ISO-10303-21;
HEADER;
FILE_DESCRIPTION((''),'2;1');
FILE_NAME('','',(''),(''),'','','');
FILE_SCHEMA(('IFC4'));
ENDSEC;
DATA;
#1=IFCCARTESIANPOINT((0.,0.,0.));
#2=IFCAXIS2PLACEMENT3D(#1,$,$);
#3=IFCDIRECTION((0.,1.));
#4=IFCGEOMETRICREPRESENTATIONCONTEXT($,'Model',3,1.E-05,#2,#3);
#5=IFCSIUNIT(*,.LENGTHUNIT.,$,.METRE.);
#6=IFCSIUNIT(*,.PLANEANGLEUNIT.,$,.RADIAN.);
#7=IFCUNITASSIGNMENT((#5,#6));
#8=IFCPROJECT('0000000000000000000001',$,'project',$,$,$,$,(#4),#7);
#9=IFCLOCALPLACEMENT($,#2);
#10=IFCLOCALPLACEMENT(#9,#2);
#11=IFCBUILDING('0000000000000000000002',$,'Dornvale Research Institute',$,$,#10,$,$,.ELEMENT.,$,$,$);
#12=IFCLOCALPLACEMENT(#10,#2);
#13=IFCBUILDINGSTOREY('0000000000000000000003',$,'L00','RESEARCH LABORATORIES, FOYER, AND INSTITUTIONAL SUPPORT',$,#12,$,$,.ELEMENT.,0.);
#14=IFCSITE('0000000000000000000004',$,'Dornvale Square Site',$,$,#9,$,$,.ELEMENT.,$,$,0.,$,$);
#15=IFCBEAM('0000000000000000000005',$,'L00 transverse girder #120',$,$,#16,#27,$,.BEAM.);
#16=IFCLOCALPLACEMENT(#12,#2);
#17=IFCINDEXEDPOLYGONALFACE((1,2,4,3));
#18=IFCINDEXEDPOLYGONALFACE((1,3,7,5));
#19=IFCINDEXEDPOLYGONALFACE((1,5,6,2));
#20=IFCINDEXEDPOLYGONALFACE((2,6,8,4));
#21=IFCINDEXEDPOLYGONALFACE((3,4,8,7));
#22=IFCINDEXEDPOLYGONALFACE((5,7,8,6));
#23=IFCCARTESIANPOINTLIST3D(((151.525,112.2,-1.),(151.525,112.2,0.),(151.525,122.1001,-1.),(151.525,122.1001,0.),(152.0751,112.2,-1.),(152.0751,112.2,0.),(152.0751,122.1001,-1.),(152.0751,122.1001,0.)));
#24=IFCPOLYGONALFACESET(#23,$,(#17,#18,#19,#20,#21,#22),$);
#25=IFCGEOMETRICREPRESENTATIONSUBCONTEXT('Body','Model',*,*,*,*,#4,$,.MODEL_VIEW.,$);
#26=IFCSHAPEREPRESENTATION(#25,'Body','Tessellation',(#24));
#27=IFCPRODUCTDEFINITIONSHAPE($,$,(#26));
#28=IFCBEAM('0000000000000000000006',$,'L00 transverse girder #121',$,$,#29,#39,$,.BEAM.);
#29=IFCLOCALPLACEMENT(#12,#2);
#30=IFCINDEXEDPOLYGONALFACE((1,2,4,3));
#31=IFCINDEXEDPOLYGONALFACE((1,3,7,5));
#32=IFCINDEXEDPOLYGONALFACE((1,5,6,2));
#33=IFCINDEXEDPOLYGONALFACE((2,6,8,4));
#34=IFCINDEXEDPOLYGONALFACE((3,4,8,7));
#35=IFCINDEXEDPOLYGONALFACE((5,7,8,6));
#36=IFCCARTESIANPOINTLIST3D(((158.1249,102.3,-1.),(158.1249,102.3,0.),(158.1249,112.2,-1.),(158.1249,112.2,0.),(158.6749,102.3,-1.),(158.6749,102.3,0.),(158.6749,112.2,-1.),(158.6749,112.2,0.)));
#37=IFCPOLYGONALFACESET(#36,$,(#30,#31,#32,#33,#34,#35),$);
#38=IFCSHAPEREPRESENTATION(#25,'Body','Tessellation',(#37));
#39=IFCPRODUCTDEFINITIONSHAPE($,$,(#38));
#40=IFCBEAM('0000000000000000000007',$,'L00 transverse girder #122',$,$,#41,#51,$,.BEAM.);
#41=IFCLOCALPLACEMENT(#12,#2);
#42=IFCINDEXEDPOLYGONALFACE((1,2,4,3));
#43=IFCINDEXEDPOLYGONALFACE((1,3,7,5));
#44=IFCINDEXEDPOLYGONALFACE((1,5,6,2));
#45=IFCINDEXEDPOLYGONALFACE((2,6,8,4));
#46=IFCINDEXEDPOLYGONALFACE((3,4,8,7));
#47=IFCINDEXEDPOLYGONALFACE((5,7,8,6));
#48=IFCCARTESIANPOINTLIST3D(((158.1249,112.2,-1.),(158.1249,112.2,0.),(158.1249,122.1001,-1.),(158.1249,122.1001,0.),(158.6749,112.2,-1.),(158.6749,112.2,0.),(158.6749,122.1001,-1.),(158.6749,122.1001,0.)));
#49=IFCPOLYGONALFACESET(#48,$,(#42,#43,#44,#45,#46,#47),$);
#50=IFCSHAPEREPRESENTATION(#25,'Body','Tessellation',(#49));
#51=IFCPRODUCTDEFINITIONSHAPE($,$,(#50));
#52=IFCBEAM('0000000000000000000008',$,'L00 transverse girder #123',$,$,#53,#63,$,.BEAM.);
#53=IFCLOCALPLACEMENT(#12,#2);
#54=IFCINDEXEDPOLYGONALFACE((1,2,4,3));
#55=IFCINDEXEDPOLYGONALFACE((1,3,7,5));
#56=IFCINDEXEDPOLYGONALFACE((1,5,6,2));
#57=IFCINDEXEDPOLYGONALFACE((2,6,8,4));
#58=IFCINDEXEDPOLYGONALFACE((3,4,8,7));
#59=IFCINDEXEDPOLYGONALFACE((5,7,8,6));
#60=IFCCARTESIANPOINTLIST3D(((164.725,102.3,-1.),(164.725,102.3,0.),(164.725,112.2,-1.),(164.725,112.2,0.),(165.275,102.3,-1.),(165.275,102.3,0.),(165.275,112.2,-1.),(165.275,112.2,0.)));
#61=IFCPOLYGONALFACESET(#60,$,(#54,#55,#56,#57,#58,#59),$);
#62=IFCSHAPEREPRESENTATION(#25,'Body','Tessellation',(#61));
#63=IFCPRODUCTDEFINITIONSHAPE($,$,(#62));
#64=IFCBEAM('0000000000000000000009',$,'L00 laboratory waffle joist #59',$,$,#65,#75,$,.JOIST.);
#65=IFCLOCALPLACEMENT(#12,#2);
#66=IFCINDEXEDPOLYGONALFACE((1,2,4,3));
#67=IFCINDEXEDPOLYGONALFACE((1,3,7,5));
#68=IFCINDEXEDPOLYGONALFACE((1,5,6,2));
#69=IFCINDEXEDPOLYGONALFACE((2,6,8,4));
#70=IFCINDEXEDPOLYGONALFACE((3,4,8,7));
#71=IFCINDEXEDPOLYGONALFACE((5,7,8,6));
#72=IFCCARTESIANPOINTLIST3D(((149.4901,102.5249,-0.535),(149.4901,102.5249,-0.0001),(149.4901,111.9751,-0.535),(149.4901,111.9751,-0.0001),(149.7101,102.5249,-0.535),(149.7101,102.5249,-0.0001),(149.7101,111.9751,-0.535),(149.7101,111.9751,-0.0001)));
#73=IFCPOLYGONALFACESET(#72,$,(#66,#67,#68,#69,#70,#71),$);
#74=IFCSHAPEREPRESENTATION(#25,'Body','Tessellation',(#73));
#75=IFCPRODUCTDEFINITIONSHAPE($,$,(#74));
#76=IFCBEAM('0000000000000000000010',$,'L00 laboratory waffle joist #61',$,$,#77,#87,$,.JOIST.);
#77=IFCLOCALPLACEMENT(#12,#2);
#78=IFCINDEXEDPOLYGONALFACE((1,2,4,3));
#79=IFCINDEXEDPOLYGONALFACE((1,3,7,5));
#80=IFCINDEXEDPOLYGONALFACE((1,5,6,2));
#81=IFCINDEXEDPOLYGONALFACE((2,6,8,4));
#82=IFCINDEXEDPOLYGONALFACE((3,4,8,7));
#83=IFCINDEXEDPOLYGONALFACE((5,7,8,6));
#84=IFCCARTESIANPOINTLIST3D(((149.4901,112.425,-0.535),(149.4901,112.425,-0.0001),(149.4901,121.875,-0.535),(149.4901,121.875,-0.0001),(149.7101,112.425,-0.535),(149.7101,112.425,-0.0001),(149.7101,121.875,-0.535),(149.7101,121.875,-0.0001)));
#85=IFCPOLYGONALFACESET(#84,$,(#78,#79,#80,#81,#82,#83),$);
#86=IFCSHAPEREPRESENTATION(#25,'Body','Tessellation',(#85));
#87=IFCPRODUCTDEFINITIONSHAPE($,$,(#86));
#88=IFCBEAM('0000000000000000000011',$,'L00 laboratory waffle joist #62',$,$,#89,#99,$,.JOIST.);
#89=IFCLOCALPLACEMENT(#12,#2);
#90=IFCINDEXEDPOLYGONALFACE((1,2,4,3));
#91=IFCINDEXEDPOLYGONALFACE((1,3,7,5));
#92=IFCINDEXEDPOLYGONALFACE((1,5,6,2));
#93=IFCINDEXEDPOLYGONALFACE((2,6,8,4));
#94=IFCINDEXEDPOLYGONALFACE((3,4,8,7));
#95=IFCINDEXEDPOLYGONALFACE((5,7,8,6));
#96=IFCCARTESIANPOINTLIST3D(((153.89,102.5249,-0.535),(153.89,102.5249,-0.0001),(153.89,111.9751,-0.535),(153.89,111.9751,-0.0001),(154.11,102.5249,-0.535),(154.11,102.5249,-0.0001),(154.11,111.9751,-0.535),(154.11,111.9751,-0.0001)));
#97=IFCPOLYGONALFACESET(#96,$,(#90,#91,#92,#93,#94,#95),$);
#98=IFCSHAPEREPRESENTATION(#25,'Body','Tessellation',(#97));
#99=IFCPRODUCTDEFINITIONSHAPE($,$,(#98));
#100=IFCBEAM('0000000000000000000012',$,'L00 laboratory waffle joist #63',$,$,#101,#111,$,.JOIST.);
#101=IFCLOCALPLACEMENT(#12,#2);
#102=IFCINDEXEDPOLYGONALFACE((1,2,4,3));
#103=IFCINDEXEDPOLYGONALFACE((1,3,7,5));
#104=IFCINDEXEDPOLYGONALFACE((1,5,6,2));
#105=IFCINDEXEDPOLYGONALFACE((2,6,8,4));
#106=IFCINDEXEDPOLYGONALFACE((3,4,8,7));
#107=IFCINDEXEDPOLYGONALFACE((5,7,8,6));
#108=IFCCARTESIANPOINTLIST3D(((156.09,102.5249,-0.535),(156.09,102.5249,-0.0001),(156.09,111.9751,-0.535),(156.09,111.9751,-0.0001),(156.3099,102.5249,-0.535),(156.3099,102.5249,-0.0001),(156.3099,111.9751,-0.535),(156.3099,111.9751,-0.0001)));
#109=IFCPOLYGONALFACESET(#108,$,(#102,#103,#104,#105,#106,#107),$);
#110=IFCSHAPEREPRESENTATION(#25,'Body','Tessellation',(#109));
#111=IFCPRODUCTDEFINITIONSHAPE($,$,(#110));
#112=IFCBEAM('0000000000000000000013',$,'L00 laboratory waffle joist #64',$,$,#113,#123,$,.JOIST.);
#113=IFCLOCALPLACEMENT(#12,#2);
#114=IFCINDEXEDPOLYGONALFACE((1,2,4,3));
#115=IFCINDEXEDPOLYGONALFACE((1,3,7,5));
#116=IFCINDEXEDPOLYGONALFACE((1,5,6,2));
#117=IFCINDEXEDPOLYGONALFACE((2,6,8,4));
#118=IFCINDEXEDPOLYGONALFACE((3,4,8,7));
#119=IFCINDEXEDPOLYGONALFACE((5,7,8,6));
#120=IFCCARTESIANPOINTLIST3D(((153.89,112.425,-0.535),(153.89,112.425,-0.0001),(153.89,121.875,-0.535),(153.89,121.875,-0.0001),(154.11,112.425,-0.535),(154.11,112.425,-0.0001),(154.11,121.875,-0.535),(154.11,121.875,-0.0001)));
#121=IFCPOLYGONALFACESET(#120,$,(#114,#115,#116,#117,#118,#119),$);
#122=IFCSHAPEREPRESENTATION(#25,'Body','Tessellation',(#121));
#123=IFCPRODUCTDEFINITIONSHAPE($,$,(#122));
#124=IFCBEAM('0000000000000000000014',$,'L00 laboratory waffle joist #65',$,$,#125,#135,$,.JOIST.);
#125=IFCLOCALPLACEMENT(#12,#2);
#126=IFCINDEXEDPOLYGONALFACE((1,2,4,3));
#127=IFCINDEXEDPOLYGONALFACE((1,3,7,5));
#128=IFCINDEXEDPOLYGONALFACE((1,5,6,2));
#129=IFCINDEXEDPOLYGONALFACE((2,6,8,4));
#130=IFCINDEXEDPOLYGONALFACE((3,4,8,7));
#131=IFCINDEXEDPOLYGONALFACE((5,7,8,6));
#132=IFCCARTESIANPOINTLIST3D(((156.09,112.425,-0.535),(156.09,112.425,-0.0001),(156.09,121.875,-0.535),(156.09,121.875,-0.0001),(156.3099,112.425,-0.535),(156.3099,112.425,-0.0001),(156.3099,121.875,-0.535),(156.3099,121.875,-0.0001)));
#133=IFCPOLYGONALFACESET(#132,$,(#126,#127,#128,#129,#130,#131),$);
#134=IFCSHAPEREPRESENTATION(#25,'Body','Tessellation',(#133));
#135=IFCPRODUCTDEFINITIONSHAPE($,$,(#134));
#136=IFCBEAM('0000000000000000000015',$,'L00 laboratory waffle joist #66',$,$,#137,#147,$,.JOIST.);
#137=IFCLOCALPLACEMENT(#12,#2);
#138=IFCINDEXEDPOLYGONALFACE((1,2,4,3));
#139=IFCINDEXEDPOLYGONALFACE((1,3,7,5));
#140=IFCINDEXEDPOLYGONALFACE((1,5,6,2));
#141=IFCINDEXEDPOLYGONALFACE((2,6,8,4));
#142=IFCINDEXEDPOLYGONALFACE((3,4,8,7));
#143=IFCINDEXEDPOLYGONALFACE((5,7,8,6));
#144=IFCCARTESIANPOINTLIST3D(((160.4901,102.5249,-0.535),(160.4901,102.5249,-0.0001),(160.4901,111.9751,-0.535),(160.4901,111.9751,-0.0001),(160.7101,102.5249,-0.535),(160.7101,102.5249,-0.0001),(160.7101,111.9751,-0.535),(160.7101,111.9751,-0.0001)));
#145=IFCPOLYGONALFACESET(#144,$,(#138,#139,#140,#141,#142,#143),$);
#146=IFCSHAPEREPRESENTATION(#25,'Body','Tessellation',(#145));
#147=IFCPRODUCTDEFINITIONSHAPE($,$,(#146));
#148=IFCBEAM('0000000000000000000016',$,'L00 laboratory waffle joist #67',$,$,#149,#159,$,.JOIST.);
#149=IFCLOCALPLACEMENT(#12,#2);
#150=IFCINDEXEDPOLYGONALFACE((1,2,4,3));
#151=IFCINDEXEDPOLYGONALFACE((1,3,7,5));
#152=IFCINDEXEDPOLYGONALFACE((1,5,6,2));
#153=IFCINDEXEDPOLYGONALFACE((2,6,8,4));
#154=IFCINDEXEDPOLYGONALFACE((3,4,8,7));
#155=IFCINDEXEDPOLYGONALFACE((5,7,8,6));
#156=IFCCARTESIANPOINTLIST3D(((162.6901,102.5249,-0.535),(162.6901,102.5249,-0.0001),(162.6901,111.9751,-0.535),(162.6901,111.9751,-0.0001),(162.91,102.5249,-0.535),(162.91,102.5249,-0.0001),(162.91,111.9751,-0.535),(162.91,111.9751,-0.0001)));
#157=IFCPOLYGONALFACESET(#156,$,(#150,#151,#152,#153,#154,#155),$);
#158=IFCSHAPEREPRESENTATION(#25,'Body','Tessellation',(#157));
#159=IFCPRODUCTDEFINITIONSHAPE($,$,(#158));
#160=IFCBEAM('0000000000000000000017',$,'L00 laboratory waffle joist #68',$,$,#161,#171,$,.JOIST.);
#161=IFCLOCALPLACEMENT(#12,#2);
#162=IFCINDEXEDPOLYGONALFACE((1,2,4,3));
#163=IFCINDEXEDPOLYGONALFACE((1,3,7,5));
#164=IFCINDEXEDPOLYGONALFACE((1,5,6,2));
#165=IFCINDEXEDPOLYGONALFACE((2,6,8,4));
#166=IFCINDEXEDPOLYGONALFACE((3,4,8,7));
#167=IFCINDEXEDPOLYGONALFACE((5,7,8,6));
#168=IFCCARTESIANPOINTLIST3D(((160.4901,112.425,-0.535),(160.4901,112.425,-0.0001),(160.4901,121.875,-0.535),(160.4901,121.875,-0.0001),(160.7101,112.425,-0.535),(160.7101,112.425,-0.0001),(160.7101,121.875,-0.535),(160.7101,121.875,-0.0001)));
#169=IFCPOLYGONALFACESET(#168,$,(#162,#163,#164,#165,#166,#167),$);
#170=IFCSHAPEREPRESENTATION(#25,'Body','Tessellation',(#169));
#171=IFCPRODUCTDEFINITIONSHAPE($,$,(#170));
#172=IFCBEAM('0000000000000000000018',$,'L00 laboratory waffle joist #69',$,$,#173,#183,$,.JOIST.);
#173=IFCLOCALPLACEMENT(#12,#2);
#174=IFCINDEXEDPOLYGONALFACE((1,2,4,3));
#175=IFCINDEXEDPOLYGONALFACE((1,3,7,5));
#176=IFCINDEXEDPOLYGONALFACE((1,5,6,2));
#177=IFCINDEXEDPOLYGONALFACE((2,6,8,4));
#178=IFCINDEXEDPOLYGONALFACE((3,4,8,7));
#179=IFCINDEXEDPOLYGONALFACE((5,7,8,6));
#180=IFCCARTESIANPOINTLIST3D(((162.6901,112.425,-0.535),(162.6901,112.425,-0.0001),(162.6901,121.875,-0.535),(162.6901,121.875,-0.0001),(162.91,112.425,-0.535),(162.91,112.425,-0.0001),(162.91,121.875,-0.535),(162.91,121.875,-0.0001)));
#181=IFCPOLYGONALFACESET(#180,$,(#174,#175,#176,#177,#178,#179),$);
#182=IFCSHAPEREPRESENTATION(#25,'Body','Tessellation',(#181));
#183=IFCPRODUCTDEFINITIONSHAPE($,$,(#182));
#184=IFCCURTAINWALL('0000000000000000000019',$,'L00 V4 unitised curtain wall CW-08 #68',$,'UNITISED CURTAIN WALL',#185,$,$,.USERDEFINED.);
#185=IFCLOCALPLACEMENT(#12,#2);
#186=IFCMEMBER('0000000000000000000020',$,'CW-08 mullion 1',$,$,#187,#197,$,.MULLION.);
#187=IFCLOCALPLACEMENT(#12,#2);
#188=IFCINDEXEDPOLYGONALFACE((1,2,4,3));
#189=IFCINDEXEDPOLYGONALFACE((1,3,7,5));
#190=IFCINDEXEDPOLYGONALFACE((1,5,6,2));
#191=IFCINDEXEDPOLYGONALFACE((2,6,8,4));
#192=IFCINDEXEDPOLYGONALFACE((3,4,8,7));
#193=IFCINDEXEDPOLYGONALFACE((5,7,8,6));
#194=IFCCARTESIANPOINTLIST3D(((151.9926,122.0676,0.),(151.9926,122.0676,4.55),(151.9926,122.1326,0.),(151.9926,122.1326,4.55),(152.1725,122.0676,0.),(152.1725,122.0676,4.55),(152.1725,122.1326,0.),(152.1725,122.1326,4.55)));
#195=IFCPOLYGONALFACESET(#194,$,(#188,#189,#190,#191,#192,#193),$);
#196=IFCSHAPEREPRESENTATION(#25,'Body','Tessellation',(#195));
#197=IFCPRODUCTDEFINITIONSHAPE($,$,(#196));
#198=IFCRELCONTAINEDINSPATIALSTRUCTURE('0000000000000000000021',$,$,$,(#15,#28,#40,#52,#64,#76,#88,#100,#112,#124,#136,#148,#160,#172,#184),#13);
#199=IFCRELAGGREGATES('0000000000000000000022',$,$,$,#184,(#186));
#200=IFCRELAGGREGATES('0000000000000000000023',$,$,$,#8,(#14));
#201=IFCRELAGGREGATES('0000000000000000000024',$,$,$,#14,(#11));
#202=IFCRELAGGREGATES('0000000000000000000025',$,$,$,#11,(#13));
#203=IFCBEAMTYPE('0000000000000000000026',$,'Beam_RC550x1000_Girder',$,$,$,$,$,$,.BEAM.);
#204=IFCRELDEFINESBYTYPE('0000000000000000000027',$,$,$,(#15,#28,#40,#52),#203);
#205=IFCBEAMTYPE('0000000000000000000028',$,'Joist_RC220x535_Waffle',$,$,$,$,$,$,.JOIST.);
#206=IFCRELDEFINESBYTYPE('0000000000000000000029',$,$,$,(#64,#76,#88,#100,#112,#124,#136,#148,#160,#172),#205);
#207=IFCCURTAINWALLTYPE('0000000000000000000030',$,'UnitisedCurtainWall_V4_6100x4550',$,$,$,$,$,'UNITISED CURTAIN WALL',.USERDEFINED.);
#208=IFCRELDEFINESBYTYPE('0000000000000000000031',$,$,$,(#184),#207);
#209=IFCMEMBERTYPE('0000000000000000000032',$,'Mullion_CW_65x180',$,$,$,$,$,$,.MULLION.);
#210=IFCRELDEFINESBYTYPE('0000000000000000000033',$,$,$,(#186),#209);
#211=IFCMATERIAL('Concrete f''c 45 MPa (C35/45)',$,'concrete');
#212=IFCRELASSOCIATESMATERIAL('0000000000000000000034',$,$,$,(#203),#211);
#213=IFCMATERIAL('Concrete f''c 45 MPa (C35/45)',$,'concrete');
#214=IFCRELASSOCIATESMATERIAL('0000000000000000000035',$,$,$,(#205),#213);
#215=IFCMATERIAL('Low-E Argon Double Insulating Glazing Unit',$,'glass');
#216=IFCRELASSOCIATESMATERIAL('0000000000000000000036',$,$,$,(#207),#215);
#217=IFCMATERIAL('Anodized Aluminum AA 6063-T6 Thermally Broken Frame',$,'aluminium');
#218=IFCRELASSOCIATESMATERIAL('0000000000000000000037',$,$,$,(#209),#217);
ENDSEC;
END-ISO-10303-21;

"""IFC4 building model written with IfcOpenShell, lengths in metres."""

from ifc_helpers import new_model, si_unit, direction, frame, origin, origin_2d, place, context, subcontext, project, spatial, rectangle, extrude, material, material_profile, profile_set, type_object, element, aggregate, save


model = new_model("IFC4")

# Units and contexts
model_context = context("Model", 3, precision=1e-05, world=origin(), true_north=direction((0.0, 1.0)))
body_context = subcontext(model_context, "Body", "Model", "MODEL_VIEW")
ifc_project = project(units=[si_unit("LENGTHUNIT", "METRE"), si_unit("PLANEANGLEUNIT", "RADIAN")], contexts=[model_context])

# Site, building, storey
site_placement = place(None, origin())
site = spatial("IfcSite", under=ifc_project, at=site_placement, Name="Dornvale Square Site", CompositionType="ELEMENT", RefElevation=0.0)
building_placement = place(site_placement, origin())
building = spatial("IfcBuilding", under=site, at=building_placement, Name="Dornvale Research Institute", CompositionType="ELEMENT")
storey_placement = place(building_placement, origin())
storey = spatial("IfcBuildingStorey", under=building, at=storey_placement, Name="L00", Description="RESEARCH LABORATORIES, FOYER, AND INSTITUTIONAL SUPPORT", CompositionType="ELEMENT", Elevation=0.0)

# Beams
ifc_material_1 = material(Name="Concrete f'c 45 MPa (C35/45)", Category="concrete")
ifc_material_profile_1 = material_profile(ifc_material_1, rectangle(XDim=0.55, YDim=1.0, at=origin_2d()), Name="RC 550x1000")
ifc_profile_set_1 = profile_set([ifc_material_profile_1], Name="Concrete f'c 45 MPa (C35/45)")
beam_type_1 = type_object("IfcBeamType", Name="Beam_RC550x1000_Girder", PredefinedType="BEAM", material=ifc_profile_set_1)
beam_1_placement = place(storey_placement, frame((151.8, 112.2, -0.5), z_axis=(0.0, 1.0, 0.0), x_axis=(-1.0, 0.0, 0.0)))
element("IfcBeam", 1, at=beam_1_placement, inside=storey, type_object=beam_type_1, Name="L00 transverse girder #120", PredefinedType="BEAM", context=body_context, shape_type="SweptSolid", body=[
    extrude(rectangle(XDim=0.55, YDim=1.0, at=origin_2d()), origin(), (0.0, 0.0, 1.0), 9.9001),
])
beam_2_placement = place(storey_placement, frame((158.3999, 102.3, -0.5), z_axis=(0.0, 1.0, 0.0), x_axis=(-1.0, 0.0, 0.0)))
element("IfcBeam", 2, at=beam_2_placement, inside=storey, type_object=beam_type_1, Name="L00 transverse girder #121", PredefinedType="BEAM", context=body_context, shape_type="SweptSolid", body=[
    extrude(rectangle(XDim=0.55, YDim=1.0, at=origin_2d()), origin(), (0.0, 0.0, 1.0), 9.8999),
])
beam_3_placement = place(storey_placement, frame((158.3999, 112.2, -0.5), z_axis=(0.0, 1.0, 0.0), x_axis=(-1.0, 0.0, 0.0)))
element("IfcBeam", 3, at=beam_3_placement, inside=storey, type_object=beam_type_1, Name="L00 transverse girder #122", PredefinedType="BEAM", context=body_context, shape_type="SweptSolid", body=[
    extrude(rectangle(XDim=0.55, YDim=1.0, at=origin_2d()), origin(), (0.0, 0.0, 1.0), 9.9001),
])
beam_4_placement = place(storey_placement, frame((165.0, 102.3, -0.5), z_axis=(0.0, 1.0, 0.0), x_axis=(-1.0, 0.0, 0.0)))
element("IfcBeam", 4, at=beam_4_placement, inside=storey, type_object=beam_type_1, Name="L00 transverse girder #123", PredefinedType="BEAM", context=body_context, shape_type="SweptSolid", body=[
    extrude(rectangle(XDim=0.55, YDim=1.0, at=origin_2d()), origin(), (0.0, 0.0, 1.0), 9.8999),
])
ifc_material_2 = material(Name="Concrete f'c 45 MPa (C35/45)", Category="concrete")
ifc_material_profile_2 = material_profile(ifc_material_2, rectangle(XDim=0.22, YDim=0.5349, at=origin_2d()), Name="RC 220x535")
ifc_profile_set_2 = profile_set([ifc_material_profile_2], Name="Concrete f'c 45 MPa (C35/45)")
beam_type_2 = type_object("IfcBeamType", Name="Joist_RC220x535_Waffle", PredefinedType="JOIST", material=ifc_profile_set_2)
beam_5_placement = place(storey_placement, frame((149.6001, 102.5249, -0.2676), z_axis=(0.0, 1.0, 0.0), x_axis=(-1.0, 0.0, 0.0)))
element("IfcBeam", 5, at=beam_5_placement, inside=storey, type_object=beam_type_2, Name="L00 laboratory waffle joist #59", PredefinedType="JOIST", context=body_context, shape_type="SweptSolid", body=[
    extrude(rectangle(XDim=0.22, YDim=0.5349, at=origin_2d()), origin(), (0.0, 0.0, 1.0), 9.4502),
])
beam_6_placement = place(storey_placement, frame((149.6001, 112.425, -0.2676), z_axis=(0.0, 1.0, 0.0), x_axis=(-1.0, 0.0, 0.0)))
element("IfcBeam", 6, at=beam_6_placement, inside=storey, type_object=beam_type_2, Name="L00 laboratory waffle joist #61", PredefinedType="JOIST", context=body_context, shape_type="SweptSolid", body=[
    extrude(rectangle(XDim=0.22, YDim=0.5349, at=origin_2d()), origin(), (0.0, 0.0, 1.0), 9.45),
])
for number, where, z_axis, x_axis, name in (
    (7, (154.0, 102.5249, -0.2676), (0.0, 1.0, 0.0), (-1.0, 0.0, 0.0), "L00 laboratory waffle joist #62"),
    (8, (156.2, 102.5249, -0.2676), (0.0, 1.0, 0.0), (-1.0, 0.0, 0.0), "L00 laboratory waffle joist #63"),
):
    element("IfcBeam", number, at=place(storey_placement, frame(where, z_axis=z_axis, x_axis=x_axis)), inside=storey, type_object=beam_type_2, Name=name, PredefinedType="JOIST", context=body_context, shape_type="SweptSolid", body=[
        extrude(rectangle(XDim=0.22, YDim=0.5349, at=origin_2d()), origin(), (0.0, 0.0, 1.0), 9.4502),
    ])
for number, where, z_axis, x_axis, name in (
    (9, (154.0, 112.425, -0.2676), (0.0, 1.0, 0.0), (-1.0, 0.0, 0.0), "L00 laboratory waffle joist #64"),
    (10, (156.2, 112.425, -0.2676), (0.0, 1.0, 0.0), (-1.0, 0.0, 0.0), "L00 laboratory waffle joist #65"),
):
    element("IfcBeam", number, at=place(storey_placement, frame(where, z_axis=z_axis, x_axis=x_axis)), inside=storey, type_object=beam_type_2, Name=name, PredefinedType="JOIST", context=body_context, shape_type="SweptSolid", body=[
        extrude(rectangle(XDim=0.22, YDim=0.5349, at=origin_2d()), origin(), (0.0, 0.0, 1.0), 9.45),
    ])
for number, where, z_axis, x_axis, name in (
    (11, (160.6001, 102.5249, -0.2676), (0.0, 1.0, 0.0), (-1.0, 0.0, 0.0), "L00 laboratory waffle joist #66"),
    (12, (162.8, 102.5249, -0.2676), (0.0, 1.0, 0.0), (-1.0, 0.0, 0.0), "L00 laboratory waffle joist #67"),
):
    element("IfcBeam", number, at=place(storey_placement, frame(where, z_axis=z_axis, x_axis=x_axis)), inside=storey, type_object=beam_type_2, Name=name, PredefinedType="JOIST", context=body_context, shape_type="SweptSolid", body=[
        extrude(rectangle(XDim=0.22, YDim=0.5349, at=origin_2d()), origin(), (0.0, 0.0, 1.0), 9.4502),
    ])
for number, where, z_axis, x_axis, name in (
    (13, (160.6001, 112.425, -0.2676), (0.0, 1.0, 0.0), (-1.0, 0.0, 0.0), "L00 laboratory waffle joist #68"),
    (14, (162.8, 112.425, -0.2676), (0.0, 1.0, 0.0), (-1.0, 0.0, 0.0), "L00 laboratory waffle joist #69"),
):
    element("IfcBeam", number, at=place(storey_placement, frame(where, z_axis=z_axis, x_axis=x_axis)), inside=storey, type_object=beam_type_2, Name=name, PredefinedType="JOIST", context=body_context, shape_type="SweptSolid", body=[
        extrude(rectangle(XDim=0.22, YDim=0.5349, at=origin_2d()), origin(), (0.0, 0.0, 1.0), 9.45),
    ])

# Curtain wall, member
ifc_material_3 = material(Name="Low-E Argon Double Insulating Glazing Unit", Category="glass")
curtain_wall_type = type_object("IfcCurtainWallType", Name="UnitisedCurtainWall_V4_6100x4550", ElementType="UNITISED CURTAIN WALL", PredefinedType="USERDEFINED", material=ifc_material_3)
curtain_wall_placement = place(storey_placement, origin())
curtain_wall = element("IfcCurtainWall", 15, at=curtain_wall_placement, inside=storey, type_object=curtain_wall_type, Name="L00 V4 unitised curtain wall CW-08 #68", ObjectType="UNITISED CURTAIN WALL", PredefinedType="USERDEFINED")
ifc_material_4 = material(Name="Anodized Aluminum AA 6063-T6 Thermally Broken Frame", Category="aluminium")
ifc_material_profile_3 = material_profile(ifc_material_4, rectangle(XDim=0.0649, YDim=0.1799, at=origin_2d()), Name="ALU MULLION 65x180")
ifc_profile_set_3 = profile_set([ifc_material_profile_3], Name="Anodized Aluminum AA 6063-T6 Thermally Broken Frame")
member_type_1 = type_object("IfcMemberType", Name="Mullion_CW_65x180", PredefinedType="MULLION", material=ifc_profile_set_3)
member_1_placement = place(storey_placement, frame((152.0825, 122.1001, 0.0), z_axis=(0.0, 0.0, 1.0), x_axis=(0.0, 1.0, 0.0)))
member_1 = element("IfcMember", 16, at=member_1_placement, type_object=member_type_1, Name="CW-08 mullion 1", PredefinedType="MULLION", context=body_context, shape_type="SweptSolid", body=[
    extrude(rectangle(XDim=0.0649, YDim=0.1799, at=origin_2d()), origin(), (0.0, 0.0, 1.0), 4.55),
])
aggregate(curtain_wall, [member_1])

save(model, "model.ifc")
